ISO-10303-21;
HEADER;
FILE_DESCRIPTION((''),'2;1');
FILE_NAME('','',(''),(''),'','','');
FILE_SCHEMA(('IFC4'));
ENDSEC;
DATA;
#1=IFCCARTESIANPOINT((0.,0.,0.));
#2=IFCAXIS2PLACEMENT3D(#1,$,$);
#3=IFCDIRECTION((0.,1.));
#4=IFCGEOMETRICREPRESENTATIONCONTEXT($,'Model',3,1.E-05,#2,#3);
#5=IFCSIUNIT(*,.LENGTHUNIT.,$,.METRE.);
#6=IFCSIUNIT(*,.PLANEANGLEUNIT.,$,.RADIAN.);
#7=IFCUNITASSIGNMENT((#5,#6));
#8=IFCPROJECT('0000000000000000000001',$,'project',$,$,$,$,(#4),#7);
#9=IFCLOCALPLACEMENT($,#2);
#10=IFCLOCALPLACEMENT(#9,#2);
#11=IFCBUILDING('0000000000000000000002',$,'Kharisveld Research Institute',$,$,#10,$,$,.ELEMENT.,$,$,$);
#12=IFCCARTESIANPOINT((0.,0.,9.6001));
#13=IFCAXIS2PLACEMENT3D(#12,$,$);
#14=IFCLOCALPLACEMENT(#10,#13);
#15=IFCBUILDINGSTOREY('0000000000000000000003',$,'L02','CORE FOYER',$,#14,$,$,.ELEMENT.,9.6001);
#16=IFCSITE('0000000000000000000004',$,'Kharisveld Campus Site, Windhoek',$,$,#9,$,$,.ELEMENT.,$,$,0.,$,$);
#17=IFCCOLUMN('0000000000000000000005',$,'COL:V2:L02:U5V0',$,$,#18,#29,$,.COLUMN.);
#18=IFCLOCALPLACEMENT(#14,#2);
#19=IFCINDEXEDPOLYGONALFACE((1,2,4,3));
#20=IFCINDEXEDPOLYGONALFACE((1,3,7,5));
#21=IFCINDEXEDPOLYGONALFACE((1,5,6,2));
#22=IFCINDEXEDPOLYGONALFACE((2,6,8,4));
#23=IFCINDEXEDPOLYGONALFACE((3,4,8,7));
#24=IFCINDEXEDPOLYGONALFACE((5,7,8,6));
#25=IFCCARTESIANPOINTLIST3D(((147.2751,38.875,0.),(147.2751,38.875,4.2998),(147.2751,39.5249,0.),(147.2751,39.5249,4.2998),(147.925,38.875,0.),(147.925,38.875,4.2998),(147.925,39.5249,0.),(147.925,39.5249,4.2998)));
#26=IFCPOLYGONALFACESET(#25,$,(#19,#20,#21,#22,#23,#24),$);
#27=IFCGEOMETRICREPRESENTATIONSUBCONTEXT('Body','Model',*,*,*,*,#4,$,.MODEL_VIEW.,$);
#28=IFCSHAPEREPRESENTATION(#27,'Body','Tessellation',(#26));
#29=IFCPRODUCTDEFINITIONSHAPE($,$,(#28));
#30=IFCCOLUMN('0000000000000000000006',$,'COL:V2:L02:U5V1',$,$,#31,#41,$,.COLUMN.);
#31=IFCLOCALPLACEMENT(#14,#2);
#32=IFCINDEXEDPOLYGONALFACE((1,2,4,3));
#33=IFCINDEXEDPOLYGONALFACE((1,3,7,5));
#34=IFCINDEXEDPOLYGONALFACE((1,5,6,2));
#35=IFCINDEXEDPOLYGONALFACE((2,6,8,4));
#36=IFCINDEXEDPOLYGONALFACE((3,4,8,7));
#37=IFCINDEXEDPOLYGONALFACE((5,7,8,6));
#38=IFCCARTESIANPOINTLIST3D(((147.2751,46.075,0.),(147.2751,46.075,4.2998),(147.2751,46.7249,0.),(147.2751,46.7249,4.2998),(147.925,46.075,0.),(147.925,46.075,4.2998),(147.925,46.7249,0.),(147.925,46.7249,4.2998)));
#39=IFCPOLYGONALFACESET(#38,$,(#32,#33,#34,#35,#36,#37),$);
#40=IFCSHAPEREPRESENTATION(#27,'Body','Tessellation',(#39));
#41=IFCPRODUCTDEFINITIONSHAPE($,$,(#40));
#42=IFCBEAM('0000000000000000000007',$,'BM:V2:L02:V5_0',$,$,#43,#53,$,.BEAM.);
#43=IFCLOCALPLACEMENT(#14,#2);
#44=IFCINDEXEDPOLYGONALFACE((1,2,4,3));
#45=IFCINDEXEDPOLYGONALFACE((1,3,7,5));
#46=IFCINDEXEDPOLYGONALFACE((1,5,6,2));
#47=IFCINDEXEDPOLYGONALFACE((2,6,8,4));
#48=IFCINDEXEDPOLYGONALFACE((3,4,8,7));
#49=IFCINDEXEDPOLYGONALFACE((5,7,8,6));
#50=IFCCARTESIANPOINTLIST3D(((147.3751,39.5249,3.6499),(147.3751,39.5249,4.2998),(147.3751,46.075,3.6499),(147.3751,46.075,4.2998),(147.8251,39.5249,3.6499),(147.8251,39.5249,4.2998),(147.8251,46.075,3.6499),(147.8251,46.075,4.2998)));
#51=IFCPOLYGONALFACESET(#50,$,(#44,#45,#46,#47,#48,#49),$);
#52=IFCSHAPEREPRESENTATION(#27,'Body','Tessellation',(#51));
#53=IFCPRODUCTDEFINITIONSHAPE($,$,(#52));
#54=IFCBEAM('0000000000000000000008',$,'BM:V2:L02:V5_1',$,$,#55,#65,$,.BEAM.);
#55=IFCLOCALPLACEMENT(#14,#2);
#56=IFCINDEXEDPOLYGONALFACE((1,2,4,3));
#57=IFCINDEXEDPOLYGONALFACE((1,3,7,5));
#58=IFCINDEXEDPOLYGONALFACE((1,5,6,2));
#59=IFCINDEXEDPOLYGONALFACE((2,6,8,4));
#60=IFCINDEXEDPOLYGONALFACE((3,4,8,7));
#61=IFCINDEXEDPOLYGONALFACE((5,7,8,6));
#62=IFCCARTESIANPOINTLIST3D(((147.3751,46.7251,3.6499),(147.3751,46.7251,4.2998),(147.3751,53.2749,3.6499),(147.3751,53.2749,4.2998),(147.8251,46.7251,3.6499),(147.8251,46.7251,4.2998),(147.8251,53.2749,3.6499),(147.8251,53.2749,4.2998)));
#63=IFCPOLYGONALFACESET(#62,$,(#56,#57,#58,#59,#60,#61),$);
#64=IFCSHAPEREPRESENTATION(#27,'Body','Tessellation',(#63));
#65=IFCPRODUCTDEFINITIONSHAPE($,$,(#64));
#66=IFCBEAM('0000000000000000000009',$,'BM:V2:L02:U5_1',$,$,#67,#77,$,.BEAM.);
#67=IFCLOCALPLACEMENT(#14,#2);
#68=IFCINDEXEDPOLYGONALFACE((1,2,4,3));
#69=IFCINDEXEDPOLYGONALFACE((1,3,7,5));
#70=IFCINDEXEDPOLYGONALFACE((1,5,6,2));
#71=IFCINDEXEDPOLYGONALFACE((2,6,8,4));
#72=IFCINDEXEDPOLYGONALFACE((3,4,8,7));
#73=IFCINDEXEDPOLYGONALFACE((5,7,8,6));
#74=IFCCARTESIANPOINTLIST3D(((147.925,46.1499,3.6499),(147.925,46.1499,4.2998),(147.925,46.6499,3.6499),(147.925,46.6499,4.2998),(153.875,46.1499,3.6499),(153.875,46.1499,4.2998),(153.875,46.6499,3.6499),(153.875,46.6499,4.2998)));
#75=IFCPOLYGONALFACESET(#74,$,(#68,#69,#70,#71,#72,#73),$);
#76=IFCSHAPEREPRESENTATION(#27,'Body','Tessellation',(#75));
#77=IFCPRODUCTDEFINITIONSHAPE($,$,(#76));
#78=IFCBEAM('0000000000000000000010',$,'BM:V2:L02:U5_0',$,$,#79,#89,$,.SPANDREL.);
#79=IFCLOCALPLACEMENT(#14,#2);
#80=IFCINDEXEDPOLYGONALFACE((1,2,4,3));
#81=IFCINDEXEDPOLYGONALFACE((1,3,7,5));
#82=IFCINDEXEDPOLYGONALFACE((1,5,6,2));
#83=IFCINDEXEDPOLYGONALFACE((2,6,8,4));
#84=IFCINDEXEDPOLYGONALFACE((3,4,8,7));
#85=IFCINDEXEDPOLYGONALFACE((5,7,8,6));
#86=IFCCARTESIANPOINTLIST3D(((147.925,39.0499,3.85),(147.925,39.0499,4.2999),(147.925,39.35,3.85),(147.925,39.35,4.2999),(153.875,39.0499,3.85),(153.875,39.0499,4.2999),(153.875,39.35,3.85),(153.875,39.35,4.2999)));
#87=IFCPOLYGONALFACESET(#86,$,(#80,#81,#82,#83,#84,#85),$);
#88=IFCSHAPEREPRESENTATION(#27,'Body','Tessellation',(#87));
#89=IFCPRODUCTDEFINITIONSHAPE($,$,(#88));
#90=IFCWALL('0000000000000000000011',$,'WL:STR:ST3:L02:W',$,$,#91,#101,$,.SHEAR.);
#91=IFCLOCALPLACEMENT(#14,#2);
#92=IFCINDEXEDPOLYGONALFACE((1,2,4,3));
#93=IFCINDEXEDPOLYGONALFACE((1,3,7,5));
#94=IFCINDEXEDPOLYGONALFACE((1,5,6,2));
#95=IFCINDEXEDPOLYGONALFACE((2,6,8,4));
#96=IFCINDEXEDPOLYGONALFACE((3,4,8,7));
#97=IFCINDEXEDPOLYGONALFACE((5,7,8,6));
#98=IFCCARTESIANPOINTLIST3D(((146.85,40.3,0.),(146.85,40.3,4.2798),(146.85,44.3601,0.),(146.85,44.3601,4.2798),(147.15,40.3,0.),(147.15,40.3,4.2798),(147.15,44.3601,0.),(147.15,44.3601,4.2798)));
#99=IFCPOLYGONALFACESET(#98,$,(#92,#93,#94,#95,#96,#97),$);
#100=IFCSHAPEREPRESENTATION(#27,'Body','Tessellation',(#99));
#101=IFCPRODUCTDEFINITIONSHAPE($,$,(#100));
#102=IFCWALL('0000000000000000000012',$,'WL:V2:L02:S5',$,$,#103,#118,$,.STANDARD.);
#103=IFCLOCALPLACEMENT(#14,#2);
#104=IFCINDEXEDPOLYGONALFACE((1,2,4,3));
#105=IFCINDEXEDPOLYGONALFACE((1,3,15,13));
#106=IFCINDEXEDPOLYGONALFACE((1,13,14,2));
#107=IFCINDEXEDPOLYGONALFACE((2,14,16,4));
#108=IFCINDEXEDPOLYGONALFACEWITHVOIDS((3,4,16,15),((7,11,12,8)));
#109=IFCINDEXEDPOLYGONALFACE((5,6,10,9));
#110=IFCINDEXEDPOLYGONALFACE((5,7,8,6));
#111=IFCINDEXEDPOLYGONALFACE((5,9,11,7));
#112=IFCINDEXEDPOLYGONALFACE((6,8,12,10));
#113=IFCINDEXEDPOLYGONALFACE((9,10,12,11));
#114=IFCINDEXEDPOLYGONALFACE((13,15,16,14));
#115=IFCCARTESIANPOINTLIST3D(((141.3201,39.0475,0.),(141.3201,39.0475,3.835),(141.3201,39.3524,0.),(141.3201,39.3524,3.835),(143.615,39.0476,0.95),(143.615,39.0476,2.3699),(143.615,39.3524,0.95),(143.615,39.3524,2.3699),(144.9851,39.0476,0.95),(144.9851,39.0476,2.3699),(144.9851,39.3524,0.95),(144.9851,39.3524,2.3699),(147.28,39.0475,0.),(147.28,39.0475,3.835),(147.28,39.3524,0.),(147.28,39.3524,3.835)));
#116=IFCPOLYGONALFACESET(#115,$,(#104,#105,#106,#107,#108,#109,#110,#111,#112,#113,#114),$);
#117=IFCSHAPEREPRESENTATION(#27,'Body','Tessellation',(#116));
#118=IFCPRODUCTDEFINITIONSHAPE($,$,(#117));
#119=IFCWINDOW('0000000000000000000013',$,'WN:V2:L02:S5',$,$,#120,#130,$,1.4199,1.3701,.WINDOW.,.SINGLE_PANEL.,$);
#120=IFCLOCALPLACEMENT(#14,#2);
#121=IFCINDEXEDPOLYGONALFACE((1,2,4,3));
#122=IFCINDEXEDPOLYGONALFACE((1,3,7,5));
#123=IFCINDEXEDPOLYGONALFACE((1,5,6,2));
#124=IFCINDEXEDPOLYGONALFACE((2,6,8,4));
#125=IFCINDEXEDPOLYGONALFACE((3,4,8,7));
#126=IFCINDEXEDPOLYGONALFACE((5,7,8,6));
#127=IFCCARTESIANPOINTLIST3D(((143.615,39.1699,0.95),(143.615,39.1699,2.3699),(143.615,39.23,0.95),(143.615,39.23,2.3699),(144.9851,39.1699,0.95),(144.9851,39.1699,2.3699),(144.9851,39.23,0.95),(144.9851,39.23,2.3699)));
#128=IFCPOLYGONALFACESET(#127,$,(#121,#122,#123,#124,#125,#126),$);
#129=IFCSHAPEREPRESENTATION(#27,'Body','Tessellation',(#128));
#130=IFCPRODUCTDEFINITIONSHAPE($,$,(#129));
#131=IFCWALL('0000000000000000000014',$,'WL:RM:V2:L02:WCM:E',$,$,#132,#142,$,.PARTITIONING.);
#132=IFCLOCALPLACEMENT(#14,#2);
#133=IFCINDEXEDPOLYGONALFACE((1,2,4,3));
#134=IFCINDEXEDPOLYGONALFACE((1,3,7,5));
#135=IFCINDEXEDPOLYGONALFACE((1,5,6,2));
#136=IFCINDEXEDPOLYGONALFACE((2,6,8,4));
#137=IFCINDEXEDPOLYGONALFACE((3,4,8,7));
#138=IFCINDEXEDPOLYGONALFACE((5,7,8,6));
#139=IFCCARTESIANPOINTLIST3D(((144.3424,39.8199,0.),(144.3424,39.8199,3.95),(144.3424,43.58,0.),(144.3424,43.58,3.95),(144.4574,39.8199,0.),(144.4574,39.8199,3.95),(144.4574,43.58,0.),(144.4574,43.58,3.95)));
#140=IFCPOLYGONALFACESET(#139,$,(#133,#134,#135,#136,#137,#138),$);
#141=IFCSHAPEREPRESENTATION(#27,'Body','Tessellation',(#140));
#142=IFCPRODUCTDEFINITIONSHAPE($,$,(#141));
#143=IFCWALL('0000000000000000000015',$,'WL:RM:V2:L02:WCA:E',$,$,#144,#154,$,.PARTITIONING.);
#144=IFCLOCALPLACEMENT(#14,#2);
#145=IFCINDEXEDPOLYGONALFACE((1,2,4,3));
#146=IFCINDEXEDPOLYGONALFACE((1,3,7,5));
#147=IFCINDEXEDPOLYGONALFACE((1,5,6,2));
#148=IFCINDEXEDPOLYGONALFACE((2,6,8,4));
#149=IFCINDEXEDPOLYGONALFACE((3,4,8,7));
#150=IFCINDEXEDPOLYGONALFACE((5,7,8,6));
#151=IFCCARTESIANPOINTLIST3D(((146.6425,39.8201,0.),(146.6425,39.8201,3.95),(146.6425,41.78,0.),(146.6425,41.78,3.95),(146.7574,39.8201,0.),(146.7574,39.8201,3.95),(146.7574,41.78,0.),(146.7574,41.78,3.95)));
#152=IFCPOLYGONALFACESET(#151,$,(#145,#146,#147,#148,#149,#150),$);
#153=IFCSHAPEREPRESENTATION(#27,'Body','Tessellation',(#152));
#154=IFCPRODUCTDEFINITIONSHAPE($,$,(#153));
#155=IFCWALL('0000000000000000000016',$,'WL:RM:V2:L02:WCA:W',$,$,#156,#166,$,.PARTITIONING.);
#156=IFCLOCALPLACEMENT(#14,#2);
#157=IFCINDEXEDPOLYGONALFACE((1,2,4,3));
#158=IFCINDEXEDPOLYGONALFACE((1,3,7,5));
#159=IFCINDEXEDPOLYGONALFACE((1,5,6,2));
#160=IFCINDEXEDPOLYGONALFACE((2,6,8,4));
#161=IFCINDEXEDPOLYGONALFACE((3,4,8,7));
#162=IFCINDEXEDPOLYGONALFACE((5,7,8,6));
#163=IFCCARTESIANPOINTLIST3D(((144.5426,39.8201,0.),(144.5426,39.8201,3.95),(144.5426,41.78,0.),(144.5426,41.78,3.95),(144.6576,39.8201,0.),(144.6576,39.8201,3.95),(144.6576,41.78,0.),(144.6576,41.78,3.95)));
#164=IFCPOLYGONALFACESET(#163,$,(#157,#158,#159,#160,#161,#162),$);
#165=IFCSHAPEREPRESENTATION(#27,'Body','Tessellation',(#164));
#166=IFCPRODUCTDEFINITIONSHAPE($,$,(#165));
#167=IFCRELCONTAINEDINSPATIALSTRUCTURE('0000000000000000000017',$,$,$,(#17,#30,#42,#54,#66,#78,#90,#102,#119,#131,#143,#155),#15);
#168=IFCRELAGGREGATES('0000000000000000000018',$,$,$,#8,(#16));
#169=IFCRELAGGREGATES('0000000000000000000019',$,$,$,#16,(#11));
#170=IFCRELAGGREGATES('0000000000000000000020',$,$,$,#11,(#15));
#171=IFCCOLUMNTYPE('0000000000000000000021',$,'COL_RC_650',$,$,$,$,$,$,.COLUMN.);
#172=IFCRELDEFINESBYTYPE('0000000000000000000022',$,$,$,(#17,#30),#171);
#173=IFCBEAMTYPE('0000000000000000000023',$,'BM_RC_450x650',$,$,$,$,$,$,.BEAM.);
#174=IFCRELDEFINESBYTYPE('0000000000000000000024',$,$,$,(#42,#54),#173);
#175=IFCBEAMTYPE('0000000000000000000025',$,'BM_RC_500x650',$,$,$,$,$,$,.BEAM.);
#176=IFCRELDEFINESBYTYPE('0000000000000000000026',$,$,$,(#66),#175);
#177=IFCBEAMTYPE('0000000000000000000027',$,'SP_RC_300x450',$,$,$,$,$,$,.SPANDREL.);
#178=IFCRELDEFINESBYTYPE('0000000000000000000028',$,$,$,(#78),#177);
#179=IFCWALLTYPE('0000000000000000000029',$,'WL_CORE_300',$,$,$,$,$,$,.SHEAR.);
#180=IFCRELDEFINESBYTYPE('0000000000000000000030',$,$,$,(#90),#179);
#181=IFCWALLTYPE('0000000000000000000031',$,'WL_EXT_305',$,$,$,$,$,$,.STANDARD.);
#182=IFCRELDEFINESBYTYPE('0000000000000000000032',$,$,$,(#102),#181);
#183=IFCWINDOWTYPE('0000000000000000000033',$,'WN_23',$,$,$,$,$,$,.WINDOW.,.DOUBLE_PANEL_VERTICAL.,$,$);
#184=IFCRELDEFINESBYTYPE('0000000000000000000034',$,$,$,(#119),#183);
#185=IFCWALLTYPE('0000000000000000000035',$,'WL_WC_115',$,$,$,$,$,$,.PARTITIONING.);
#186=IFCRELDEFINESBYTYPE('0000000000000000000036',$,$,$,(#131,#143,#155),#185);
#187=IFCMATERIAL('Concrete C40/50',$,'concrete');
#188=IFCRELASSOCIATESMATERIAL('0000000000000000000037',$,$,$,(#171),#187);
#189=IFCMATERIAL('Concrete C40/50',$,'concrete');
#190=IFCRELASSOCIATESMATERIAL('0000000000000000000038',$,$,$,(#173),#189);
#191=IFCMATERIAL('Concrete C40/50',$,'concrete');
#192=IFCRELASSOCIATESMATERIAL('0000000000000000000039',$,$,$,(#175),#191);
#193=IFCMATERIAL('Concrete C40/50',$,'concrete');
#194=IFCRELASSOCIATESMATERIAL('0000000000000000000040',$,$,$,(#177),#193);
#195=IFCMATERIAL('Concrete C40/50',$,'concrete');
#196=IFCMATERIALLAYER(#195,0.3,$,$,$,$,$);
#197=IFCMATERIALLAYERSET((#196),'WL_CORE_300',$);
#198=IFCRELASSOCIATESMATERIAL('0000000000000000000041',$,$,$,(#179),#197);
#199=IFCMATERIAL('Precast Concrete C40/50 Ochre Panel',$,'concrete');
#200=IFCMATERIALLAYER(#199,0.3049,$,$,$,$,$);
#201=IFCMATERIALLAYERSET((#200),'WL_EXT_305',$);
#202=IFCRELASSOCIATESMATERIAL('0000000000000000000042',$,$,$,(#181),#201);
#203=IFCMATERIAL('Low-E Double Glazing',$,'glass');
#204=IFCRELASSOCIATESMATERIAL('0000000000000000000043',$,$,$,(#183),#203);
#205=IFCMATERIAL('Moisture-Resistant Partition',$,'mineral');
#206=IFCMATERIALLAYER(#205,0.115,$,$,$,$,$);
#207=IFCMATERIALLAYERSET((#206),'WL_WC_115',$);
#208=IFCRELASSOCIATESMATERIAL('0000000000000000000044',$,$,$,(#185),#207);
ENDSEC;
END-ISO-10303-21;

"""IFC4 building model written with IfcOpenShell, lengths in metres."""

from ifc_helpers import new_model, si_unit, direction, frame, frame_2d, origin, origin_2d, place, context, subcontext, project, spatial, rectangle, extrude, material, layer, layer_set, material_profile, profile_set, type_object, element, fill, save


model = new_model("IFC4")

# Units and contexts
model_context = context("Model", 3, precision=1e-05, world=origin(), true_north=direction((0.0, 1.0)))
body_context = subcontext(model_context, "Body", "Model", "MODEL_VIEW")
ifc_project = project(units=[si_unit("LENGTHUNIT", "METRE"), si_unit("PLANEANGLEUNIT", "RADIAN")], contexts=[model_context])

# Site, building, storey
site_placement = place(None, origin())
site = spatial("IfcSite", under=ifc_project, at=site_placement, Name="Kharisveld Campus Site, Windhoek", CompositionType="ELEMENT", RefElevation=0.0)
building_placement = place(site_placement, origin())
building = spatial("IfcBuilding", under=site, at=building_placement, Name="Kharisveld Research Institute", CompositionType="ELEMENT")
storey_placement = place(building_placement, frame((0.0, 0.0, 9.6001)))
storey = spatial("IfcBuildingStorey", under=building, at=storey_placement, Name="L02", Description="CORE FOYER", CompositionType="ELEMENT", Elevation=9.6001)

# Columns
ifc_material_1 = material(Name="Concrete C40/50", Category="concrete")
ifc_material_profile_1 = material_profile(ifc_material_1, rectangle(XDim=0.6499, YDim=0.6499, at=origin_2d()))
ifc_profile_set_1 = profile_set([ifc_material_profile_1], Name="Concrete C40/50")
column_type = type_object("IfcColumnType", Name="COL_RC_650", PredefinedType="COLUMN", material=ifc_profile_set_1)
for number, where, z_axis, x_axis, name in (
    (1, (147.6001, 39.2, 0.0), (0.0, 0.0, 1.0), (1.0, 0.0, 0.0), "COL:V2:L02:U5V0"),
    (2, (147.6001, 46.3999, 0.0), (0.0, 0.0, 1.0), (1.0, 0.0, 0.0), "COL:V2:L02:U5V1"),
):
    element("IfcColumn", number, at=place(storey_placement, frame(where, z_axis=z_axis, x_axis=x_axis)), inside=storey, type_object=column_type, Name=name, PredefinedType="COLUMN", context=body_context, shape_type="SweptSolid", body=[
        extrude(rectangle(XDim=0.6499, YDim=0.6499, at=origin_2d()), origin(), (0.0, 0.0, 1.0), 4.2998),
    ])

# Beams
ifc_material_2 = material(Name="Concrete C40/50", Category="concrete")
ifc_material_profile_2 = material_profile(ifc_material_2, rectangle(XDim=0.45, YDim=0.6499, at=origin_2d()))
ifc_profile_set_2 = profile_set([ifc_material_profile_2], Name="Concrete C40/50")
beam_type_1 = type_object("IfcBeamType", Name="BM_RC_450x650", PredefinedType="BEAM", material=ifc_profile_set_2)
beam_1_placement = place(storey_placement, frame((147.6001, 39.5249, 3.9749), z_axis=(0.0, 1.0, 0.0), x_axis=(-1.0, 0.0, 0.0)))
element("IfcBeam", 3, at=beam_1_placement, inside=storey, type_object=beam_type_1, Name="BM:V2:L02:V5_0", PredefinedType="BEAM", context=body_context, shape_type="SweptSolid", body=[
    extrude(rectangle(XDim=0.45, YDim=0.6499, at=origin_2d()), origin(), (0.0, 0.0, 1.0), 6.55),
])
beam_2_placement = place(storey_placement, frame((147.6001, 46.7251, 3.9749), z_axis=(0.0, 1.0, 0.0), x_axis=(-1.0, 0.0, 0.0)))
element("IfcBeam", 4, at=beam_2_placement, inside=storey, type_object=beam_type_1, Name="BM:V2:L02:V5_1", PredefinedType="BEAM", context=body_context, shape_type="SweptSolid", body=[
    extrude(rectangle(XDim=0.45, YDim=0.6499, at=origin_2d()), origin(), (0.0, 0.0, 1.0), 6.5498),
])
ifc_material_3 = material(Name="Concrete C40/50", Category="concrete")
ifc_material_profile_3 = material_profile(ifc_material_3, rectangle(XDim=0.5, YDim=0.6499, at=origin_2d()))
ifc_profile_set_3 = profile_set([ifc_material_profile_3], Name="Concrete C40/50")
beam_type_2 = type_object("IfcBeamType", Name="BM_RC_500x650", PredefinedType="BEAM", material=ifc_profile_set_3)
beam_3_placement = place(storey_placement, frame((147.925, 46.3999, 3.9749), z_axis=(1.0, 0.0, 0.0), x_axis=(0.0, 1.0, 0.0)))
element("IfcBeam", 5, at=beam_3_placement, inside=storey, type_object=beam_type_2, Name="BM:V2:L02:U5_1", PredefinedType="BEAM", context=body_context, shape_type="SweptSolid", body=[
    extrude(rectangle(XDim=0.5, YDim=0.6499, at=origin_2d()), origin(), (0.0, 0.0, 1.0), 5.95),
])
ifc_material_4 = material(Name="Concrete C40/50", Category="concrete")
ifc_material_profile_4 = material_profile(ifc_material_4, rectangle(XDim=0.3, YDim=0.45, at=origin_2d()))
ifc_profile_set_4 = profile_set([ifc_material_profile_4], Name="Concrete C40/50")
beam_type_3 = type_object("IfcBeamType", Name="SP_RC_300x450", PredefinedType="SPANDREL", material=ifc_profile_set_4)
beam_4_placement = place(storey_placement, frame((147.925, 39.2, 4.075), z_axis=(1.0, 0.0, 0.0), x_axis=(0.0, 1.0, 0.0)))
element("IfcBeam", 6, at=beam_4_placement, inside=storey, type_object=beam_type_3, Name="BM:V2:L02:U5_0", PredefinedType="SPANDREL", context=body_context, shape_type="SweptSolid", body=[
    extrude(rectangle(XDim=0.3, YDim=0.45, at=origin_2d()), origin(), (0.0, 0.0, 1.0), 5.95),
])

# Wall
ifc_material_5 = material(Name="Concrete C40/50", Category="concrete")
ifc_layer_1 = layer(ifc_material_5, 0.3)
ifc_layer_set_1 = layer_set([ifc_layer_1], Name="WL_CORE_300")
wall_type_1 = type_object("IfcWallType", Name="WL_CORE_300", PredefinedType="SHEAR", material=ifc_layer_set_1)
wall_1_placement = place(storey_placement, frame((147.0, 40.3, 0.0), z_axis=(0.0, 0.0, 1.0), x_axis=(0.0, 1.0, 0.0)))
element("IfcWall", 7, at=wall_1_placement, inside=storey, type_object=wall_type_1, Name="WL:STR:ST3:L02:W", PredefinedType="SHEAR", context=body_context, shape_type="SweptSolid", body=[
    extrude(rectangle(XDim=4.0601, YDim=0.3, at=frame_2d((2.03, 0.0))), origin(), (0.0, 0.0, 1.0), 4.2798),
])

# Wall, opening, window
ifc_material_6 = material(Name="Precast Concrete C40/50 Ochre Panel", Category="concrete")
ifc_layer_2 = layer(ifc_material_6, 0.3049)
ifc_layer_set_2 = layer_set([ifc_layer_2], Name="WL_EXT_305")
wall_type_2 = type_object("IfcWallType", Name="WL_EXT_305", PredefinedType="STANDARD", material=ifc_layer_set_2)
wall_2_placement = place(storey_placement, frame((147.28, 39.2, 0.0), z_axis=(0.0, 0.0, 1.0), x_axis=(-1.0, 0.0, 0.0)))
wall_2 = element("IfcWall", 8, at=wall_2_placement, inside=storey, type_object=wall_type_2, Name="WL:V2:L02:S5", PredefinedType="STANDARD", context=body_context, shape_type="SweptSolid", body=[
    extrude(rectangle(XDim=5.96, YDim=0.3049, at=frame_2d((2.98, 0.0))), origin(), (0.0, 0.0, 1.0), 3.835),
])
opening_1_placement = place(wall_2_placement, frame((2.2949, 0.0, 0.95)))
opening_1 = element("IfcOpeningElement", 9, at=opening_1_placement, cuts=wall_2, PredefinedType="OPENING", context=body_context, shape_type="SweptSolid", body=[
    extrude(rectangle(XDim=1.3701, YDim=1.4199, at=frame_2d((0.6851, 0.71))), frame((0.0, 0.1523, 0.0), z_axis=(0.0, -1.0, 0.0), x_axis=(1.0, 0.0, 0.0)), (0.0, 0.0, 1.0), 0.3049),
])
ifc_material_7 = material(Name="Low-E Double Glazing", Category="glass")
window_type = type_object("IfcWindowType", Name="WN_23", PartitioningType="DOUBLE_PANEL_VERTICAL", PredefinedType="WINDOW", material=ifc_material_7)
window_placement = place(opening_1_placement, origin())
window = element("IfcWindow", 10, at=window_placement, inside=storey, type_object=window_type, Name="WN:V2:L02:S5", OverallHeight=1.4199, OverallWidth=1.3701, PartitioningType="SINGLE_PANEL", PredefinedType="WINDOW", context=body_context, shape_type="SweptSolid", body=[
    extrude(rectangle(XDim=1.3701, YDim=1.4199, at=frame_2d((0.6851, 0.71))), frame((0.0, 0.03, 0.0), z_axis=(0.0, -1.0, 0.0), x_axis=(1.0, 0.0, 0.0)), (0.0, 0.0, 1.0), 0.0601),
])
fill(opening_1, window)

# Wall
ifc_material_8 = material(Name="Moisture-Resistant Partition", Category="mineral")
ifc_layer_3 = layer(ifc_material_8, 0.115)
ifc_layer_set_3 = layer_set([ifc_layer_3], Name="WL_WC_115")
wall_type_3 = type_object("IfcWallType", Name="WL_WC_115", PredefinedType="PARTITIONING", material=ifc_layer_set_3)
wall_3_placement = place(storey_placement, frame((144.3999, 39.8201, 0.0), z_axis=(0.0, 0.0, 1.0), x_axis=(0.0, 1.0, 0.0)))
element("IfcWall", 11, at=wall_3_placement, inside=storey, type_object=wall_type_3, Name="WL:RM:V2:L02:WCM:E", PredefinedType="PARTITIONING", context=body_context, shape_type="SweptSolid", body=[
    extrude(rectangle(XDim=3.76, YDim=0.115, at=frame_2d((1.8799, 0.0))), origin(), (0.0, 0.0, 1.0), 3.95),
])

# Wall
wall_4_placement = place(storey_placement, frame((146.7, 39.8201, 0.0), z_axis=(0.0, 0.0, 1.0), x_axis=(0.0, 1.0, 0.0)))
element("IfcWall", 12, at=wall_4_placement, inside=storey, type_object=wall_type_3, Name="WL:RM:V2:L02:WCA:E", PredefinedType="PARTITIONING", context=body_context, shape_type="SweptSolid", body=[
    extrude(rectangle(XDim=1.96, YDim=0.115, at=frame_2d((0.98, 0.0))), origin(), (0.0, 0.0, 1.0), 3.95),
])

# Wall
wall_5_placement = place(storey_placement, frame((144.6001, 41.78, 0.0), z_axis=(0.0, 0.0, 1.0), x_axis=(0.0, -1.0, 0.0)))
element("IfcWall", 13, at=wall_5_placement, inside=storey, type_object=wall_type_3, Name="WL:RM:V2:L02:WCA:W", PredefinedType="PARTITIONING", context=body_context, shape_type="SweptSolid", body=[
    extrude(rectangle(XDim=1.96, YDim=0.115, at=frame_2d((0.98, 0.0))), origin(), (0.0, 0.0, 1.0), 3.95),
])

save(model, "model.ifc")
